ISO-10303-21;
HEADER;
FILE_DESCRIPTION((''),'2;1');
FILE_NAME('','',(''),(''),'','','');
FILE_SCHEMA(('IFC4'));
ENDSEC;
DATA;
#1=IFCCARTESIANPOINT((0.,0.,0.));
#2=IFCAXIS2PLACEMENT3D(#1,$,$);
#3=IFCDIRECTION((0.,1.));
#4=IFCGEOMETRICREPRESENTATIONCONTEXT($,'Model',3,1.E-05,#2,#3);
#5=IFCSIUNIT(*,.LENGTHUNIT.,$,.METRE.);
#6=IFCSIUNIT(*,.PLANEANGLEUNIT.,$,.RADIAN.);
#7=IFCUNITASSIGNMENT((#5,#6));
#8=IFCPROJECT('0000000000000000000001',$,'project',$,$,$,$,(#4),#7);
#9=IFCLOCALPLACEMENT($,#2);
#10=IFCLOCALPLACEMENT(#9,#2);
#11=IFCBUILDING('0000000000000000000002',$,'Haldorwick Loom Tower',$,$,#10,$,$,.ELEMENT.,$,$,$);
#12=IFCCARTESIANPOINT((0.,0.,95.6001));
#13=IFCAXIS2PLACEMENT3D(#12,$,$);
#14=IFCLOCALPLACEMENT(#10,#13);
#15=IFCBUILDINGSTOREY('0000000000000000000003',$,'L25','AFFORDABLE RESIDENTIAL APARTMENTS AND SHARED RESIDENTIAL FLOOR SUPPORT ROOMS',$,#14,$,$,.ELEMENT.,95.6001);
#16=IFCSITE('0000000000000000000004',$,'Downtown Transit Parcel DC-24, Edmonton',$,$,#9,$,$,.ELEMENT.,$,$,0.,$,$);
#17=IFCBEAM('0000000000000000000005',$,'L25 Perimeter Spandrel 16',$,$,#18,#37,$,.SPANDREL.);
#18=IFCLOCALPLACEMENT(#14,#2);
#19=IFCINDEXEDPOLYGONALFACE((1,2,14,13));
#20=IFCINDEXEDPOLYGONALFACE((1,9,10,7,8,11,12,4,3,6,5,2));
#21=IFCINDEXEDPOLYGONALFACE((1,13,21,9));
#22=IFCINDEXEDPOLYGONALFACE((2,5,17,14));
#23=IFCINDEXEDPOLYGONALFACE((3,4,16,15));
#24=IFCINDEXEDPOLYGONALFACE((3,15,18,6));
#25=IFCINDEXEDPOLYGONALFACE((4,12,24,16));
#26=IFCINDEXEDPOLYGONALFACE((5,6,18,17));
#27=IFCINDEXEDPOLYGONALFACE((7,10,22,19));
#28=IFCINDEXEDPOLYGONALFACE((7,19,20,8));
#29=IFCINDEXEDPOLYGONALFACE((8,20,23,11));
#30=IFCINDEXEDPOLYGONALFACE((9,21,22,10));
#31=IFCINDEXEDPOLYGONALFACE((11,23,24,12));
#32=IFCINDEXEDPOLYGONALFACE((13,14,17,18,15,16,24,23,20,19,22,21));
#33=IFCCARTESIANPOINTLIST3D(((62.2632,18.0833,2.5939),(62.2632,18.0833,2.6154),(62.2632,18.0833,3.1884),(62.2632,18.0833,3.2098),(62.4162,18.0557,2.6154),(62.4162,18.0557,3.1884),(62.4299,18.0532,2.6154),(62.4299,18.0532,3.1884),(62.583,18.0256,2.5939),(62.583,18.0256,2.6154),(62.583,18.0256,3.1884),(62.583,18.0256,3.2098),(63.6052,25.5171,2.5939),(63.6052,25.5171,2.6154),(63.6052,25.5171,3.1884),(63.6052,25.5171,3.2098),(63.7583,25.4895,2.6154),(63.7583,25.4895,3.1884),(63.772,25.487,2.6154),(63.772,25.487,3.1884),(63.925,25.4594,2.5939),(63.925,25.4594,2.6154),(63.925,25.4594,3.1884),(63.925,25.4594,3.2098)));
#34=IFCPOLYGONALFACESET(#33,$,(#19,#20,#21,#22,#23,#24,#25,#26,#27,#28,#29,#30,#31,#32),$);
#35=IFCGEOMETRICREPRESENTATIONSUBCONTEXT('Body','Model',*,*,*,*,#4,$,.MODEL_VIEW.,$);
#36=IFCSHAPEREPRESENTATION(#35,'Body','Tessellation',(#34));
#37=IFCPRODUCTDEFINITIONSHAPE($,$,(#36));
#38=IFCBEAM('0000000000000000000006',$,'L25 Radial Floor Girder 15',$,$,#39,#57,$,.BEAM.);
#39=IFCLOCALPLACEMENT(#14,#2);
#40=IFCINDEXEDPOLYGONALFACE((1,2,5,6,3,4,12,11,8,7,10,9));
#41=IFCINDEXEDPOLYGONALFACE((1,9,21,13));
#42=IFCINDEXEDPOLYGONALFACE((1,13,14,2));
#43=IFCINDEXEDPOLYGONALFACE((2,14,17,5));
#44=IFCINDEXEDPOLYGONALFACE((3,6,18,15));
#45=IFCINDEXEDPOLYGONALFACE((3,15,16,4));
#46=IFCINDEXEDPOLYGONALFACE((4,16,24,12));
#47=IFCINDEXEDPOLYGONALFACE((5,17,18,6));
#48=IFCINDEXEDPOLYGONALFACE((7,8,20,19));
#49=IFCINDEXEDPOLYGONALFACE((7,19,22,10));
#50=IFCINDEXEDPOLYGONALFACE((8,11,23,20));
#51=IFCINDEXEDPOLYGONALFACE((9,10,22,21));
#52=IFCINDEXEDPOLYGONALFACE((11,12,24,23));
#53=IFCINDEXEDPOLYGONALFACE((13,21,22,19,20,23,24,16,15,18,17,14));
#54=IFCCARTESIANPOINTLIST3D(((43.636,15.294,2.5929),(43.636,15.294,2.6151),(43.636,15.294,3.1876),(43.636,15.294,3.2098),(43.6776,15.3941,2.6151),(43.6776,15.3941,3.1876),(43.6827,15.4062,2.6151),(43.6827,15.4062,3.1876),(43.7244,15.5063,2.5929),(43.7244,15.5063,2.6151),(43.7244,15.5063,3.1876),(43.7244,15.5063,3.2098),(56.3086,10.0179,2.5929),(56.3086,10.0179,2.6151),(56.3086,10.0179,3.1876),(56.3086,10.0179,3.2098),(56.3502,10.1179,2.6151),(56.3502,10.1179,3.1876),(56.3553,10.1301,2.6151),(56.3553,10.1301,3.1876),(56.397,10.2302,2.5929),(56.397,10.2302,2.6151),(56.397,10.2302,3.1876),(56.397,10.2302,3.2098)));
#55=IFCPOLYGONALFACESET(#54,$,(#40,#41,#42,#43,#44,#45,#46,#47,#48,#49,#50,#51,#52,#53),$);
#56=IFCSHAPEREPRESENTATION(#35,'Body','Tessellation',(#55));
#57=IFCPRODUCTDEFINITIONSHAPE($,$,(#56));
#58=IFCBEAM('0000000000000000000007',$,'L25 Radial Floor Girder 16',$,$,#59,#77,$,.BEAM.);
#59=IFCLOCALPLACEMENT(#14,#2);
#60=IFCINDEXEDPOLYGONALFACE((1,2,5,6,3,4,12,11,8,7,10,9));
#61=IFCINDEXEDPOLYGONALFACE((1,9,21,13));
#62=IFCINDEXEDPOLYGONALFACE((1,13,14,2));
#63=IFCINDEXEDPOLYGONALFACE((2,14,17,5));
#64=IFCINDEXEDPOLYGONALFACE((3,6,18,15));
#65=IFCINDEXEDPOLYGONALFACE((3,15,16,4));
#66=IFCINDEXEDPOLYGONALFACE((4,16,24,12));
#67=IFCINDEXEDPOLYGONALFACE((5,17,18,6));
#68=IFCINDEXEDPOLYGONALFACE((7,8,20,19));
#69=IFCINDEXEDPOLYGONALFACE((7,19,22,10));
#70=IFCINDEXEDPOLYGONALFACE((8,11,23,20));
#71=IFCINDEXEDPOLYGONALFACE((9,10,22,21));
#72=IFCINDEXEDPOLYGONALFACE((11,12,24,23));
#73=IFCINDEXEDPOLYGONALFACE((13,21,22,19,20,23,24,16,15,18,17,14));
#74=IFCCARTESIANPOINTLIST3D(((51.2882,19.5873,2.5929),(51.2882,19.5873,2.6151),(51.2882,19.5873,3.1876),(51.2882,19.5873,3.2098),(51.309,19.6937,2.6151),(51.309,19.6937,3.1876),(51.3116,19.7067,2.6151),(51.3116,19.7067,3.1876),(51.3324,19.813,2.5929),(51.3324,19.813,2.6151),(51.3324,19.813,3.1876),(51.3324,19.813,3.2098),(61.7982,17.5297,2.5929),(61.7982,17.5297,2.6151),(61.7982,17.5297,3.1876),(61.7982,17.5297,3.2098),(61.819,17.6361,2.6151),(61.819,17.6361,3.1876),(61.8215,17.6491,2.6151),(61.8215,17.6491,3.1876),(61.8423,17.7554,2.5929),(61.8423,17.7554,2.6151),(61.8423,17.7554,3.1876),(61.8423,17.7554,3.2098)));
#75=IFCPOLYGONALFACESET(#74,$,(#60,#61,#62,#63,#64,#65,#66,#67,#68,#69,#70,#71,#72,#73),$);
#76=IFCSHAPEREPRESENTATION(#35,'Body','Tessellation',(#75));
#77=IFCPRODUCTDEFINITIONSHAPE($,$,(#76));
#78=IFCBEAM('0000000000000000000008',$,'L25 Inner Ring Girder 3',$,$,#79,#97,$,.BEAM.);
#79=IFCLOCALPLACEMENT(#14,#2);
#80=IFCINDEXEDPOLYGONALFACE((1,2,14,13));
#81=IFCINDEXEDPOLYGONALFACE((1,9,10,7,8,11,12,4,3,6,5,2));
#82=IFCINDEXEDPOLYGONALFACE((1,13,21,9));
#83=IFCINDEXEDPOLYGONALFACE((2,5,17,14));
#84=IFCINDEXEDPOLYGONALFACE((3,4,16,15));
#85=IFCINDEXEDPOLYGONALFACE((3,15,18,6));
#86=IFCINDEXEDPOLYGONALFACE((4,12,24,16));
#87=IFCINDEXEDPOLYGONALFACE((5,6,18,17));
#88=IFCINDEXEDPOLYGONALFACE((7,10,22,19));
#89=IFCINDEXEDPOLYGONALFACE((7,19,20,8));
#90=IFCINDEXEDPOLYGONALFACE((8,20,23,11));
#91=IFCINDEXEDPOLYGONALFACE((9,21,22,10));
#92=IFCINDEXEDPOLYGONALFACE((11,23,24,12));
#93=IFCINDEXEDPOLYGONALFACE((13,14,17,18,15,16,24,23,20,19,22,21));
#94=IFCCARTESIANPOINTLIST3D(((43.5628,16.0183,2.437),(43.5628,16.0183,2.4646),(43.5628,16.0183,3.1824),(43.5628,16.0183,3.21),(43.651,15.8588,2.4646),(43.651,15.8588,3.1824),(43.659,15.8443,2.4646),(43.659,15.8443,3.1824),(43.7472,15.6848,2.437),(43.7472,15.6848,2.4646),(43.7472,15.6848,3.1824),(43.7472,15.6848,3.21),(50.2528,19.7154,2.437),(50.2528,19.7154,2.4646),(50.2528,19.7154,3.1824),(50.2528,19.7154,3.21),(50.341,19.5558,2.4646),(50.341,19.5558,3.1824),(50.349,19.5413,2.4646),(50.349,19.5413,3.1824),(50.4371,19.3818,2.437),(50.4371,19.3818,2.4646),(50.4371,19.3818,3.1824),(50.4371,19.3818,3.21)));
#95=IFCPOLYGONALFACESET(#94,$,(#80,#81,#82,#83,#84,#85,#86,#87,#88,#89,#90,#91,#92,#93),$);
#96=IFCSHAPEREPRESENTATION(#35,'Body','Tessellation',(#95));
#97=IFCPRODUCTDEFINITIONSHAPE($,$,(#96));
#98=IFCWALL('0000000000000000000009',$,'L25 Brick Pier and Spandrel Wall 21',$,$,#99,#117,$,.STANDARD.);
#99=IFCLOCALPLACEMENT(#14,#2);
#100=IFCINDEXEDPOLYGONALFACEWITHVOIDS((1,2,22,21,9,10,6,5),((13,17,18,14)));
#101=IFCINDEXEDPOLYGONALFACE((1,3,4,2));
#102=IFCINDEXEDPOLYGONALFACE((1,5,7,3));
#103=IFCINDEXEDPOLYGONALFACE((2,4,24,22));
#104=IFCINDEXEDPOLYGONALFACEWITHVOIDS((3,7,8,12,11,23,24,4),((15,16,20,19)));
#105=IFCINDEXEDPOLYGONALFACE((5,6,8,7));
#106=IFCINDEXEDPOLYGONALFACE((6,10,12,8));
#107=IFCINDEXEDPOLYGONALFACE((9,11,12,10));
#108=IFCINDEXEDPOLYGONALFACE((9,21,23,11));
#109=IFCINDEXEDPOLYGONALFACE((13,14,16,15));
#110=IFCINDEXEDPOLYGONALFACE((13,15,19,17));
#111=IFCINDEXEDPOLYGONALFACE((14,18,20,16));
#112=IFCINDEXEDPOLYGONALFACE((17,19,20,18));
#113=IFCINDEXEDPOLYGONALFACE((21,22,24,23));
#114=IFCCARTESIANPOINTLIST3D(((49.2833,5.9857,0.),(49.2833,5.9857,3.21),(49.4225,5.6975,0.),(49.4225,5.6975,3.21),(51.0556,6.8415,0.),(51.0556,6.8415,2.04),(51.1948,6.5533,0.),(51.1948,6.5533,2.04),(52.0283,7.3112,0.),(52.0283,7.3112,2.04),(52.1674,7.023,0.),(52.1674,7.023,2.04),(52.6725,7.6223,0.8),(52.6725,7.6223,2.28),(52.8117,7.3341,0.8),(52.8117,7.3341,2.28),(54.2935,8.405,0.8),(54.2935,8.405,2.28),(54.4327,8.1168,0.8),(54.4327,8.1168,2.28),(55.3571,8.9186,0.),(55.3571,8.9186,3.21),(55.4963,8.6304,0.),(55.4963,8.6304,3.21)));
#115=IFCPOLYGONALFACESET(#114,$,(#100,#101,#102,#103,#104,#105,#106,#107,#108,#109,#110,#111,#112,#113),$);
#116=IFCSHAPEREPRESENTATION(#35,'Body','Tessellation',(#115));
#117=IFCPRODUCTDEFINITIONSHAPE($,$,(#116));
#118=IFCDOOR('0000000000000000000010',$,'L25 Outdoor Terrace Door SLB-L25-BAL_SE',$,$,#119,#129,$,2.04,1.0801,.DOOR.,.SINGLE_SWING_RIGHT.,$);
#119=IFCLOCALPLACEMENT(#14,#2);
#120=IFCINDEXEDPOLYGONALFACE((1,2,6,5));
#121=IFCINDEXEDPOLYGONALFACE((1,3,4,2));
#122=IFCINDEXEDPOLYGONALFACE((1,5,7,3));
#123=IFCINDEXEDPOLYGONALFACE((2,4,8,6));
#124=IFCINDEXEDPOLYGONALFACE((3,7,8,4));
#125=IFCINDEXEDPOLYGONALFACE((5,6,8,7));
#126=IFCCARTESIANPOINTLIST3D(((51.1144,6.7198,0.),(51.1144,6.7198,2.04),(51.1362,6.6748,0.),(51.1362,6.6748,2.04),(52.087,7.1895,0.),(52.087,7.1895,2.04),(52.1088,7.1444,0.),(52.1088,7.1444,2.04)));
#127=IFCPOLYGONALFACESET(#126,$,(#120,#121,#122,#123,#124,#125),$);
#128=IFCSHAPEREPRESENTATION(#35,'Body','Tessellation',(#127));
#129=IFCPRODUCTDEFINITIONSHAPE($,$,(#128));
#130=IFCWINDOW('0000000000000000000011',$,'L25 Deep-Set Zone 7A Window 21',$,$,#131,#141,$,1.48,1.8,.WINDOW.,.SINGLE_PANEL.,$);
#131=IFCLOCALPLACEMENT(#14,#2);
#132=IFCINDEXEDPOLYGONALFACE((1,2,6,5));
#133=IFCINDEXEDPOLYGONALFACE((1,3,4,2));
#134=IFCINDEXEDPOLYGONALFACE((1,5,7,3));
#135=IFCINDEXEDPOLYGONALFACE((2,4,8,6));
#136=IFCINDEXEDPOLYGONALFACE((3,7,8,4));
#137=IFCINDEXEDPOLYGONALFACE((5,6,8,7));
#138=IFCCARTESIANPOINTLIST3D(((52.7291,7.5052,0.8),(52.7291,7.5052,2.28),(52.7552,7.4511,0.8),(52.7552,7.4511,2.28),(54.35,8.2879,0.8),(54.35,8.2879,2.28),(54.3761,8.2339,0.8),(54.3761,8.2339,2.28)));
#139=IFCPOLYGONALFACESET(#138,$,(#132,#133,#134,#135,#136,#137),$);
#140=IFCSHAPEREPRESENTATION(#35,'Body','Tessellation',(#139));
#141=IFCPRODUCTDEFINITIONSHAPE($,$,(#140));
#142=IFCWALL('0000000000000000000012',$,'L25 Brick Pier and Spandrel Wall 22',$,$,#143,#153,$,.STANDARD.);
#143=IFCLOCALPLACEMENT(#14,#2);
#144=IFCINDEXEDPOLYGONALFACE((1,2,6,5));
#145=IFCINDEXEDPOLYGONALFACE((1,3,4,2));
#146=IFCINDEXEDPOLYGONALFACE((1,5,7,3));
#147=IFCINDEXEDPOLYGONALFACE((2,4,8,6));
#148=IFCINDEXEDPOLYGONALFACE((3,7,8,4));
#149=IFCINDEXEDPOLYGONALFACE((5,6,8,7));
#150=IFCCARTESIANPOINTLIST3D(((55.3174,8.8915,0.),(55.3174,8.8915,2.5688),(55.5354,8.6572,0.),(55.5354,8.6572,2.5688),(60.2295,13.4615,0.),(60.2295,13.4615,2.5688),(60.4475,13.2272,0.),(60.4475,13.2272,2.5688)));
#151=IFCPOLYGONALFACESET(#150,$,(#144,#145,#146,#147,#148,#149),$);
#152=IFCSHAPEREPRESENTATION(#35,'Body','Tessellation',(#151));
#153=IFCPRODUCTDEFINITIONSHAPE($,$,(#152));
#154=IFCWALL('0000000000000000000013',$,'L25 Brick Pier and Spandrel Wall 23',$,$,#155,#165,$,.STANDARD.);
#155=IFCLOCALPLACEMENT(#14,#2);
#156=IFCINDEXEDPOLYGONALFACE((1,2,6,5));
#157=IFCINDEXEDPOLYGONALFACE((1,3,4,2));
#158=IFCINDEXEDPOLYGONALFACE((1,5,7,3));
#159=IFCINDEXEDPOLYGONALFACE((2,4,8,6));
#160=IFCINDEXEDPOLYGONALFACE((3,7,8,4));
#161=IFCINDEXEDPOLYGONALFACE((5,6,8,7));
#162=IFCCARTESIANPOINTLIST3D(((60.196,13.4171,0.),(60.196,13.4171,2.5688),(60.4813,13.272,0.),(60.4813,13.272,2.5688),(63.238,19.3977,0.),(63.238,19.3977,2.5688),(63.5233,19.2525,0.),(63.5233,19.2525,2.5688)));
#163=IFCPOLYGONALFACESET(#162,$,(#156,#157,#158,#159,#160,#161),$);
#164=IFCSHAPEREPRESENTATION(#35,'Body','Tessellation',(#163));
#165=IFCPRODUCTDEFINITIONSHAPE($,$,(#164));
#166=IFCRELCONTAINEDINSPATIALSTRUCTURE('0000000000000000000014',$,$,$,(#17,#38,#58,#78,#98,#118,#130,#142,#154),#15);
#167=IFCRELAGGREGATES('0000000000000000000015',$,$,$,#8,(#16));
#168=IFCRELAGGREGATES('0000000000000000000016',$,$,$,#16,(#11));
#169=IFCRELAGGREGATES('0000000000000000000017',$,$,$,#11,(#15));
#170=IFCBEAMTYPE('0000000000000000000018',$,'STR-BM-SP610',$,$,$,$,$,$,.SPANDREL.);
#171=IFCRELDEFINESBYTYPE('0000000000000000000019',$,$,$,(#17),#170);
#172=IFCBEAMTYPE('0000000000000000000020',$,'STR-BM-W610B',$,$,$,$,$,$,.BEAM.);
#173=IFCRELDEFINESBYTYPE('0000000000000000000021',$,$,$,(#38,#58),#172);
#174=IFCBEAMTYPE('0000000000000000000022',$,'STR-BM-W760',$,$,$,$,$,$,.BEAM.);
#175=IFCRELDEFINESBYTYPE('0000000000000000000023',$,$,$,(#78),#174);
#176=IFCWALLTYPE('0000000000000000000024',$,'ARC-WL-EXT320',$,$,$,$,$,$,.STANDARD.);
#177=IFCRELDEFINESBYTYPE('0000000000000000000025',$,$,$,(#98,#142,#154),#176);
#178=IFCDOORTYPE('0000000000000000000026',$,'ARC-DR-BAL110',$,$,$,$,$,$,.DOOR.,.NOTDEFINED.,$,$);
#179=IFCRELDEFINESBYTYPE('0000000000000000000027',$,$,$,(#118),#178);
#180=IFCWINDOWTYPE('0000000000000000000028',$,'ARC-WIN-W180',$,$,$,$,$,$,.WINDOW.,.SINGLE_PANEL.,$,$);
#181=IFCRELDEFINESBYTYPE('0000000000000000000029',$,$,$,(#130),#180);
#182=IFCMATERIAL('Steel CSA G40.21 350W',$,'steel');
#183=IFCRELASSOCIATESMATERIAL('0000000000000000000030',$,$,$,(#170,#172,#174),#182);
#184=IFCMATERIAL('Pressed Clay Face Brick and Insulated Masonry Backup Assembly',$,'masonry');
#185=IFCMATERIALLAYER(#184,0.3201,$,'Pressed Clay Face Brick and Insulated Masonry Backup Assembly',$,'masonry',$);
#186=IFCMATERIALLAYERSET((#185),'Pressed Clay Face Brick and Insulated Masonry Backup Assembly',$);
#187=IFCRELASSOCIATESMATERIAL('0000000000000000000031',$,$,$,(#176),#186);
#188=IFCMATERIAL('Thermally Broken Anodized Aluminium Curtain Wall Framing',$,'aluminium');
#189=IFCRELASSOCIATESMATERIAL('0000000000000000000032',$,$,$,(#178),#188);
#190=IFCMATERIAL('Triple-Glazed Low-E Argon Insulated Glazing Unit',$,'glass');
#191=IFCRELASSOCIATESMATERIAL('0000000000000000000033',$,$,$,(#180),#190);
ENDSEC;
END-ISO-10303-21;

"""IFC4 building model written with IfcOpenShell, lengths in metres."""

from ifc_helpers import new_model, si_unit, direction, frame, frame_2d, origin, origin_2d, place, context, subcontext, project, spatial, rectangle, i_section, extrude, material, layer, layer_set, material_profile, profile_set, type_object, element, fill, save


model = new_model("IFC4")

# Units and contexts
model_context = context("Model", 3, precision=1e-05, world=origin(), true_north=direction((0.0, 1.0)))
body_context = subcontext(model_context, "Body", "Model", "MODEL_VIEW")
ifc_project = project(units=[si_unit("LENGTHUNIT", "METRE"), si_unit("PLANEANGLEUNIT", "RADIAN")], contexts=[model_context])

# Site, building, storey
site_placement = place(None, origin())
site = spatial("IfcSite", under=ifc_project, at=site_placement, Name="Downtown Transit Parcel DC-24, Edmonton", CompositionType="ELEMENT", RefElevation=0.0)
building_placement = place(site_placement, origin())
building = spatial("IfcBuilding", under=site, at=building_placement, Name="Haldorwick Loom Tower", CompositionType="ELEMENT")
storey_placement = place(building_placement, frame((0.0, 0.0, 95.6001)))
storey = spatial("IfcBuildingStorey", under=building, at=storey_placement, Name="L25", Description="AFFORDABLE RESIDENTIAL APARTMENTS AND SHARED RESIDENTIAL FLOOR SUPPORT ROOMS", CompositionType="ELEMENT", Elevation=95.6001)

# Beams
ifc_material_1 = material(Name="Steel CSA G40.21 350W", Category="steel")
ifc_material_profile_1 = material_profile(ifc_material_1, i_section(OverallWidth=0.325, OverallDepth=0.616, WebThickness=0.0139, FlangeThickness=0.0215, at=origin_2d()), Name="W610X174", Category="steel")
ifc_profile_set_1 = profile_set([ifc_material_profile_1], Name="Steel CSA G40.21 350W")
beam_type_1 = type_object("IfcBeamType", Name="STR-BM-SP610", PredefinedType="SPANDREL", material=ifc_profile_set_1)
beam_1_placement = place(storey_placement, frame((62.4231, 18.0544, 2.9019), z_axis=(0.177659, 0.984092, 0.0), x_axis=(-0.984092, 0.177659, 0.0)))
element("IfcBeam", 1, at=beam_1_placement, inside=storey, type_object=beam_type_1, Name="L25 Perimeter Spandrel 16", PredefinedType="SPANDREL", context=body_context, shape_type="SweptSolid", body=[
    extrude(i_section(OverallWidth=0.325, OverallDepth=0.616, WebThickness=0.0139, FlangeThickness=0.0215, at=origin_2d()), origin(), (0.0, 0.0, 1.0), 7.554),
])
ifc_material_profile_2 = material_profile(ifc_material_1, i_section(OverallWidth=0.23, OverallDepth=0.6169, WebThickness=0.0132, FlangeThickness=0.0222, at=origin_2d()), Name="W610X140", Category="steel")
ifc_profile_set_2 = profile_set([ifc_material_profile_2], Name="Steel CSA G40.21 350W")
beam_type_2 = type_object("IfcBeamType", Name="STR-BM-W610B", PredefinedType="BEAM", material=ifc_profile_set_2)
beam_2_placement = place(storey_placement, frame((43.6802, 15.4001, 2.9014), z_axis=(0.923184, -0.384359, 0.0), x_axis=(0.384359, 0.923184, 0.0)))
element("IfcBeam", 2, at=beam_2_placement, inside=storey, type_object=beam_type_2, Name="L25 Radial Floor Girder 15", PredefinedType="BEAM", context=body_context, shape_type="SweptSolid", body=[
    extrude(i_section(OverallWidth=0.23, OverallDepth=0.6169, WebThickness=0.0132, FlangeThickness=0.0222, at=origin_2d()), origin(), (0.0, 0.0, 1.0), 13.7271),
])
beam_3_placement = place(storey_placement, frame((51.3103, 19.7002, 2.9014), z_axis=(0.98137, -0.192129, 0.0), x_axis=(0.192129, 0.98137, 0.0)))
element("IfcBeam", 3, at=beam_3_placement, inside=storey, type_object=beam_type_2, Name="L25 Radial Floor Girder 16", PredefinedType="BEAM", context=body_context, shape_type="SweptSolid", body=[
    extrude(i_section(OverallWidth=0.23, OverallDepth=0.6169, WebThickness=0.0132, FlangeThickness=0.0222, at=origin_2d()), origin(), (0.0, 0.0, 1.0), 10.7095),
])
ifc_material_profile_3 = material_profile(ifc_material_1, i_section(OverallWidth=0.3811, OverallDepth=0.7729, WebThickness=0.0166, FlangeThickness=0.0276, at=origin_2d()), Name="W760X257", Category="steel")
ifc_profile_set_3 = profile_set([ifc_material_profile_3], Name="Steel CSA G40.21 350W")
beam_type_3 = type_object("IfcBeamType", Name="STR-BM-W760", PredefinedType="BEAM", material=ifc_profile_set_3)
beam_4_placement = place(storey_placement, frame((50.345, 19.5486, 2.8235), z_axis=(-0.875244, -0.483681, 0.0), x_axis=(0.483681, -0.875244, 0.0)))
element("IfcBeam", 4, at=beam_4_placement, inside=storey, type_object=beam_type_3, Name="L25 Inner Ring Girder 3", PredefinedType="BEAM", context=body_context, shape_type="SweptSolid", body=[
    extrude(i_section(OverallWidth=0.3811, OverallDepth=0.7729, WebThickness=0.0166, FlangeThickness=0.0276, at=origin_2d()), origin(), (0.0, 0.0, 1.0), 7.6436),
])

# Wall, openings, door, window
ifc_material_2 = material(Name="Pressed Clay Face Brick and Insulated Masonry Backup Assembly", Category="masonry")
ifc_layer_1 = layer(ifc_material_2, 0.3201, Name="Pressed Clay Face Brick and Insulated Masonry Backup Assembly", Category="masonry")
ifc_layer_set_1 = layer_set([ifc_layer_1], Name="Pressed Clay Face Brick and Insulated Masonry Backup Assembly")
wall_type_1 = type_object("IfcWallType", Name="ARC-WL-EXT320", PredefinedType="STANDARD", material=ifc_layer_set_1)
wall_1_placement = place(storey_placement, frame((49.3528, 5.8416, 0.0), z_axis=(0.0, 0.0, 1.0), x_axis=(0.90051, 0.434835, 0.0)))
wall_1 = element("IfcWall", 5, at=wall_1_placement, inside=storey, type_object=wall_type_1, Name="L25 Brick Pier and Spandrel Wall 21", PredefinedType="STANDARD", context=body_context, shape_type="SweptSolid", body=[
    extrude(rectangle(XDim=6.7449, YDim=0.3201, at=frame_2d((3.3726, 0.0))), origin(), (0.0, 0.0, 1.0), 3.21),
])
opening_1_placement = place(wall_1_placement, frame((1.9683, 0.0, 0.0)))
opening_1 = element("IfcOpeningElement", 6, at=opening_1_placement, cuts=wall_1, PredefinedType="OPENING", context=body_context, shape_type="SweptSolid", body=[
    extrude(rectangle(XDim=1.0801, YDim=2.04, at=frame_2d((0.54, 1.02))), frame((0.0, 0.1699, 0.0), z_axis=(0.0, -1.0, 0.0), x_axis=(1.0, 0.0, 0.0)), (0.0, 0.0, 1.0), 0.3401),
])
opening_2_placement = place(wall_1_placement, frame((3.7639, 0.0, 0.8)))
opening_2 = element("IfcOpeningElement", 7, at=opening_2_placement, cuts=wall_1, PredefinedType="OPENING", context=body_context, shape_type="SweptSolid", body=[
    extrude(rectangle(XDim=1.8, YDim=1.48, at=frame_2d((0.8999, 0.74))), frame((0.0, 0.1699, 0.0), z_axis=(0.0, -1.0, 0.0), x_axis=(1.0, 0.0, 0.0)), (0.0, 0.0, 1.0), 0.3401),
])
ifc_material_3 = material(Name="Thermally Broken Anodized Aluminium Curtain Wall Framing", Category="aluminium")
door_type_1 = type_object("IfcDoorType", Name="ARC-DR-BAL110", OperationType="NOTDEFINED", PredefinedType="DOOR", material=ifc_material_3)
door_1_placement = place(opening_1_placement, origin())
door_1 = element("IfcDoor", 8, at=door_1_placement, inside=storey, type_object=door_type_1, Name="L25 Outdoor Terrace Door SLB-L25-BAL_SE", OperationType="SINGLE_SWING_RIGHT", OverallHeight=2.04, OverallWidth=1.0801, PredefinedType="DOOR", context=body_context, shape_type="SweptSolid", body=[
    extrude(rectangle(XDim=1.0801, YDim=2.04, at=frame_2d((0.54, 1.02))), frame((0.0, 0.0249, 0.0), z_axis=(0.0, -1.0, 0.0), x_axis=(1.0, 0.0, 0.0)), (0.0, 0.0, 1.0), 0.05),
])
fill(opening_1, door_1)
ifc_material_4 = material(Name="Triple-Glazed Low-E Argon Insulated Glazing Unit", Category="glass")
window_type = type_object("IfcWindowType", Name="ARC-WIN-W180", PartitioningType="SINGLE_PANEL", PredefinedType="WINDOW", material=ifc_material_4)
window_1_placement = place(opening_2_placement, origin())
window_1 = element("IfcWindow", 9, at=window_1_placement, inside=storey, type_object=window_type, Name="L25 Deep-Set Zone 7A Window 21", OverallHeight=1.48, OverallWidth=1.8, PartitioningType="SINGLE_PANEL", PredefinedType="WINDOW", context=body_context, shape_type="SweptSolid", body=[
    extrude(rectangle(XDim=1.8, YDim=1.48, at=frame_2d((0.8999, 0.74))), frame((0.0, 0.03, 0.0), z_axis=(0.0, -1.0, 0.0), x_axis=(1.0, 0.0, 0.0)), (0.0, 0.0, 1.0), 0.0601),
])
fill(opening_2, window_1)

# Walls
wall_2_placement = place(storey_placement, frame((55.4265, 8.7744, 0.0), z_axis=(0.0, 0.0, 1.0), x_axis=(0.732137, 0.681157, 0.0)))
element("IfcWall", 10, at=wall_2_placement, inside=storey, type_object=wall_type_1, Name="L25 Brick Pier and Spandrel Wall 22", PredefinedType="STANDARD", context=body_context, shape_type="SweptSolid", body=[
    extrude(rectangle(XDim=6.7092, YDim=0.3201, at=frame_2d((3.3545, 0.0))), origin(), (0.0, 0.0, 1.0), 2.5688),
])
wall_3_placement = place(storey_placement, frame((60.3386, 13.3445, 0.0), z_axis=(0.0, 0.0, 1.0), x_axis=(0.453374, 0.89132, 0.0)))
element("IfcWall", 11, at=wall_3_placement, inside=storey, type_object=wall_type_1, Name="L25 Brick Pier and Spandrel Wall 23", PredefinedType="STANDARD", context=body_context, shape_type="SweptSolid", body=[
    extrude(rectangle(XDim=6.7097, YDim=0.3201, at=frame_2d((3.355, 0.0))), origin(), (0.0, 0.0, 1.0), 2.5688),
])

save(model, "model.ifc")
